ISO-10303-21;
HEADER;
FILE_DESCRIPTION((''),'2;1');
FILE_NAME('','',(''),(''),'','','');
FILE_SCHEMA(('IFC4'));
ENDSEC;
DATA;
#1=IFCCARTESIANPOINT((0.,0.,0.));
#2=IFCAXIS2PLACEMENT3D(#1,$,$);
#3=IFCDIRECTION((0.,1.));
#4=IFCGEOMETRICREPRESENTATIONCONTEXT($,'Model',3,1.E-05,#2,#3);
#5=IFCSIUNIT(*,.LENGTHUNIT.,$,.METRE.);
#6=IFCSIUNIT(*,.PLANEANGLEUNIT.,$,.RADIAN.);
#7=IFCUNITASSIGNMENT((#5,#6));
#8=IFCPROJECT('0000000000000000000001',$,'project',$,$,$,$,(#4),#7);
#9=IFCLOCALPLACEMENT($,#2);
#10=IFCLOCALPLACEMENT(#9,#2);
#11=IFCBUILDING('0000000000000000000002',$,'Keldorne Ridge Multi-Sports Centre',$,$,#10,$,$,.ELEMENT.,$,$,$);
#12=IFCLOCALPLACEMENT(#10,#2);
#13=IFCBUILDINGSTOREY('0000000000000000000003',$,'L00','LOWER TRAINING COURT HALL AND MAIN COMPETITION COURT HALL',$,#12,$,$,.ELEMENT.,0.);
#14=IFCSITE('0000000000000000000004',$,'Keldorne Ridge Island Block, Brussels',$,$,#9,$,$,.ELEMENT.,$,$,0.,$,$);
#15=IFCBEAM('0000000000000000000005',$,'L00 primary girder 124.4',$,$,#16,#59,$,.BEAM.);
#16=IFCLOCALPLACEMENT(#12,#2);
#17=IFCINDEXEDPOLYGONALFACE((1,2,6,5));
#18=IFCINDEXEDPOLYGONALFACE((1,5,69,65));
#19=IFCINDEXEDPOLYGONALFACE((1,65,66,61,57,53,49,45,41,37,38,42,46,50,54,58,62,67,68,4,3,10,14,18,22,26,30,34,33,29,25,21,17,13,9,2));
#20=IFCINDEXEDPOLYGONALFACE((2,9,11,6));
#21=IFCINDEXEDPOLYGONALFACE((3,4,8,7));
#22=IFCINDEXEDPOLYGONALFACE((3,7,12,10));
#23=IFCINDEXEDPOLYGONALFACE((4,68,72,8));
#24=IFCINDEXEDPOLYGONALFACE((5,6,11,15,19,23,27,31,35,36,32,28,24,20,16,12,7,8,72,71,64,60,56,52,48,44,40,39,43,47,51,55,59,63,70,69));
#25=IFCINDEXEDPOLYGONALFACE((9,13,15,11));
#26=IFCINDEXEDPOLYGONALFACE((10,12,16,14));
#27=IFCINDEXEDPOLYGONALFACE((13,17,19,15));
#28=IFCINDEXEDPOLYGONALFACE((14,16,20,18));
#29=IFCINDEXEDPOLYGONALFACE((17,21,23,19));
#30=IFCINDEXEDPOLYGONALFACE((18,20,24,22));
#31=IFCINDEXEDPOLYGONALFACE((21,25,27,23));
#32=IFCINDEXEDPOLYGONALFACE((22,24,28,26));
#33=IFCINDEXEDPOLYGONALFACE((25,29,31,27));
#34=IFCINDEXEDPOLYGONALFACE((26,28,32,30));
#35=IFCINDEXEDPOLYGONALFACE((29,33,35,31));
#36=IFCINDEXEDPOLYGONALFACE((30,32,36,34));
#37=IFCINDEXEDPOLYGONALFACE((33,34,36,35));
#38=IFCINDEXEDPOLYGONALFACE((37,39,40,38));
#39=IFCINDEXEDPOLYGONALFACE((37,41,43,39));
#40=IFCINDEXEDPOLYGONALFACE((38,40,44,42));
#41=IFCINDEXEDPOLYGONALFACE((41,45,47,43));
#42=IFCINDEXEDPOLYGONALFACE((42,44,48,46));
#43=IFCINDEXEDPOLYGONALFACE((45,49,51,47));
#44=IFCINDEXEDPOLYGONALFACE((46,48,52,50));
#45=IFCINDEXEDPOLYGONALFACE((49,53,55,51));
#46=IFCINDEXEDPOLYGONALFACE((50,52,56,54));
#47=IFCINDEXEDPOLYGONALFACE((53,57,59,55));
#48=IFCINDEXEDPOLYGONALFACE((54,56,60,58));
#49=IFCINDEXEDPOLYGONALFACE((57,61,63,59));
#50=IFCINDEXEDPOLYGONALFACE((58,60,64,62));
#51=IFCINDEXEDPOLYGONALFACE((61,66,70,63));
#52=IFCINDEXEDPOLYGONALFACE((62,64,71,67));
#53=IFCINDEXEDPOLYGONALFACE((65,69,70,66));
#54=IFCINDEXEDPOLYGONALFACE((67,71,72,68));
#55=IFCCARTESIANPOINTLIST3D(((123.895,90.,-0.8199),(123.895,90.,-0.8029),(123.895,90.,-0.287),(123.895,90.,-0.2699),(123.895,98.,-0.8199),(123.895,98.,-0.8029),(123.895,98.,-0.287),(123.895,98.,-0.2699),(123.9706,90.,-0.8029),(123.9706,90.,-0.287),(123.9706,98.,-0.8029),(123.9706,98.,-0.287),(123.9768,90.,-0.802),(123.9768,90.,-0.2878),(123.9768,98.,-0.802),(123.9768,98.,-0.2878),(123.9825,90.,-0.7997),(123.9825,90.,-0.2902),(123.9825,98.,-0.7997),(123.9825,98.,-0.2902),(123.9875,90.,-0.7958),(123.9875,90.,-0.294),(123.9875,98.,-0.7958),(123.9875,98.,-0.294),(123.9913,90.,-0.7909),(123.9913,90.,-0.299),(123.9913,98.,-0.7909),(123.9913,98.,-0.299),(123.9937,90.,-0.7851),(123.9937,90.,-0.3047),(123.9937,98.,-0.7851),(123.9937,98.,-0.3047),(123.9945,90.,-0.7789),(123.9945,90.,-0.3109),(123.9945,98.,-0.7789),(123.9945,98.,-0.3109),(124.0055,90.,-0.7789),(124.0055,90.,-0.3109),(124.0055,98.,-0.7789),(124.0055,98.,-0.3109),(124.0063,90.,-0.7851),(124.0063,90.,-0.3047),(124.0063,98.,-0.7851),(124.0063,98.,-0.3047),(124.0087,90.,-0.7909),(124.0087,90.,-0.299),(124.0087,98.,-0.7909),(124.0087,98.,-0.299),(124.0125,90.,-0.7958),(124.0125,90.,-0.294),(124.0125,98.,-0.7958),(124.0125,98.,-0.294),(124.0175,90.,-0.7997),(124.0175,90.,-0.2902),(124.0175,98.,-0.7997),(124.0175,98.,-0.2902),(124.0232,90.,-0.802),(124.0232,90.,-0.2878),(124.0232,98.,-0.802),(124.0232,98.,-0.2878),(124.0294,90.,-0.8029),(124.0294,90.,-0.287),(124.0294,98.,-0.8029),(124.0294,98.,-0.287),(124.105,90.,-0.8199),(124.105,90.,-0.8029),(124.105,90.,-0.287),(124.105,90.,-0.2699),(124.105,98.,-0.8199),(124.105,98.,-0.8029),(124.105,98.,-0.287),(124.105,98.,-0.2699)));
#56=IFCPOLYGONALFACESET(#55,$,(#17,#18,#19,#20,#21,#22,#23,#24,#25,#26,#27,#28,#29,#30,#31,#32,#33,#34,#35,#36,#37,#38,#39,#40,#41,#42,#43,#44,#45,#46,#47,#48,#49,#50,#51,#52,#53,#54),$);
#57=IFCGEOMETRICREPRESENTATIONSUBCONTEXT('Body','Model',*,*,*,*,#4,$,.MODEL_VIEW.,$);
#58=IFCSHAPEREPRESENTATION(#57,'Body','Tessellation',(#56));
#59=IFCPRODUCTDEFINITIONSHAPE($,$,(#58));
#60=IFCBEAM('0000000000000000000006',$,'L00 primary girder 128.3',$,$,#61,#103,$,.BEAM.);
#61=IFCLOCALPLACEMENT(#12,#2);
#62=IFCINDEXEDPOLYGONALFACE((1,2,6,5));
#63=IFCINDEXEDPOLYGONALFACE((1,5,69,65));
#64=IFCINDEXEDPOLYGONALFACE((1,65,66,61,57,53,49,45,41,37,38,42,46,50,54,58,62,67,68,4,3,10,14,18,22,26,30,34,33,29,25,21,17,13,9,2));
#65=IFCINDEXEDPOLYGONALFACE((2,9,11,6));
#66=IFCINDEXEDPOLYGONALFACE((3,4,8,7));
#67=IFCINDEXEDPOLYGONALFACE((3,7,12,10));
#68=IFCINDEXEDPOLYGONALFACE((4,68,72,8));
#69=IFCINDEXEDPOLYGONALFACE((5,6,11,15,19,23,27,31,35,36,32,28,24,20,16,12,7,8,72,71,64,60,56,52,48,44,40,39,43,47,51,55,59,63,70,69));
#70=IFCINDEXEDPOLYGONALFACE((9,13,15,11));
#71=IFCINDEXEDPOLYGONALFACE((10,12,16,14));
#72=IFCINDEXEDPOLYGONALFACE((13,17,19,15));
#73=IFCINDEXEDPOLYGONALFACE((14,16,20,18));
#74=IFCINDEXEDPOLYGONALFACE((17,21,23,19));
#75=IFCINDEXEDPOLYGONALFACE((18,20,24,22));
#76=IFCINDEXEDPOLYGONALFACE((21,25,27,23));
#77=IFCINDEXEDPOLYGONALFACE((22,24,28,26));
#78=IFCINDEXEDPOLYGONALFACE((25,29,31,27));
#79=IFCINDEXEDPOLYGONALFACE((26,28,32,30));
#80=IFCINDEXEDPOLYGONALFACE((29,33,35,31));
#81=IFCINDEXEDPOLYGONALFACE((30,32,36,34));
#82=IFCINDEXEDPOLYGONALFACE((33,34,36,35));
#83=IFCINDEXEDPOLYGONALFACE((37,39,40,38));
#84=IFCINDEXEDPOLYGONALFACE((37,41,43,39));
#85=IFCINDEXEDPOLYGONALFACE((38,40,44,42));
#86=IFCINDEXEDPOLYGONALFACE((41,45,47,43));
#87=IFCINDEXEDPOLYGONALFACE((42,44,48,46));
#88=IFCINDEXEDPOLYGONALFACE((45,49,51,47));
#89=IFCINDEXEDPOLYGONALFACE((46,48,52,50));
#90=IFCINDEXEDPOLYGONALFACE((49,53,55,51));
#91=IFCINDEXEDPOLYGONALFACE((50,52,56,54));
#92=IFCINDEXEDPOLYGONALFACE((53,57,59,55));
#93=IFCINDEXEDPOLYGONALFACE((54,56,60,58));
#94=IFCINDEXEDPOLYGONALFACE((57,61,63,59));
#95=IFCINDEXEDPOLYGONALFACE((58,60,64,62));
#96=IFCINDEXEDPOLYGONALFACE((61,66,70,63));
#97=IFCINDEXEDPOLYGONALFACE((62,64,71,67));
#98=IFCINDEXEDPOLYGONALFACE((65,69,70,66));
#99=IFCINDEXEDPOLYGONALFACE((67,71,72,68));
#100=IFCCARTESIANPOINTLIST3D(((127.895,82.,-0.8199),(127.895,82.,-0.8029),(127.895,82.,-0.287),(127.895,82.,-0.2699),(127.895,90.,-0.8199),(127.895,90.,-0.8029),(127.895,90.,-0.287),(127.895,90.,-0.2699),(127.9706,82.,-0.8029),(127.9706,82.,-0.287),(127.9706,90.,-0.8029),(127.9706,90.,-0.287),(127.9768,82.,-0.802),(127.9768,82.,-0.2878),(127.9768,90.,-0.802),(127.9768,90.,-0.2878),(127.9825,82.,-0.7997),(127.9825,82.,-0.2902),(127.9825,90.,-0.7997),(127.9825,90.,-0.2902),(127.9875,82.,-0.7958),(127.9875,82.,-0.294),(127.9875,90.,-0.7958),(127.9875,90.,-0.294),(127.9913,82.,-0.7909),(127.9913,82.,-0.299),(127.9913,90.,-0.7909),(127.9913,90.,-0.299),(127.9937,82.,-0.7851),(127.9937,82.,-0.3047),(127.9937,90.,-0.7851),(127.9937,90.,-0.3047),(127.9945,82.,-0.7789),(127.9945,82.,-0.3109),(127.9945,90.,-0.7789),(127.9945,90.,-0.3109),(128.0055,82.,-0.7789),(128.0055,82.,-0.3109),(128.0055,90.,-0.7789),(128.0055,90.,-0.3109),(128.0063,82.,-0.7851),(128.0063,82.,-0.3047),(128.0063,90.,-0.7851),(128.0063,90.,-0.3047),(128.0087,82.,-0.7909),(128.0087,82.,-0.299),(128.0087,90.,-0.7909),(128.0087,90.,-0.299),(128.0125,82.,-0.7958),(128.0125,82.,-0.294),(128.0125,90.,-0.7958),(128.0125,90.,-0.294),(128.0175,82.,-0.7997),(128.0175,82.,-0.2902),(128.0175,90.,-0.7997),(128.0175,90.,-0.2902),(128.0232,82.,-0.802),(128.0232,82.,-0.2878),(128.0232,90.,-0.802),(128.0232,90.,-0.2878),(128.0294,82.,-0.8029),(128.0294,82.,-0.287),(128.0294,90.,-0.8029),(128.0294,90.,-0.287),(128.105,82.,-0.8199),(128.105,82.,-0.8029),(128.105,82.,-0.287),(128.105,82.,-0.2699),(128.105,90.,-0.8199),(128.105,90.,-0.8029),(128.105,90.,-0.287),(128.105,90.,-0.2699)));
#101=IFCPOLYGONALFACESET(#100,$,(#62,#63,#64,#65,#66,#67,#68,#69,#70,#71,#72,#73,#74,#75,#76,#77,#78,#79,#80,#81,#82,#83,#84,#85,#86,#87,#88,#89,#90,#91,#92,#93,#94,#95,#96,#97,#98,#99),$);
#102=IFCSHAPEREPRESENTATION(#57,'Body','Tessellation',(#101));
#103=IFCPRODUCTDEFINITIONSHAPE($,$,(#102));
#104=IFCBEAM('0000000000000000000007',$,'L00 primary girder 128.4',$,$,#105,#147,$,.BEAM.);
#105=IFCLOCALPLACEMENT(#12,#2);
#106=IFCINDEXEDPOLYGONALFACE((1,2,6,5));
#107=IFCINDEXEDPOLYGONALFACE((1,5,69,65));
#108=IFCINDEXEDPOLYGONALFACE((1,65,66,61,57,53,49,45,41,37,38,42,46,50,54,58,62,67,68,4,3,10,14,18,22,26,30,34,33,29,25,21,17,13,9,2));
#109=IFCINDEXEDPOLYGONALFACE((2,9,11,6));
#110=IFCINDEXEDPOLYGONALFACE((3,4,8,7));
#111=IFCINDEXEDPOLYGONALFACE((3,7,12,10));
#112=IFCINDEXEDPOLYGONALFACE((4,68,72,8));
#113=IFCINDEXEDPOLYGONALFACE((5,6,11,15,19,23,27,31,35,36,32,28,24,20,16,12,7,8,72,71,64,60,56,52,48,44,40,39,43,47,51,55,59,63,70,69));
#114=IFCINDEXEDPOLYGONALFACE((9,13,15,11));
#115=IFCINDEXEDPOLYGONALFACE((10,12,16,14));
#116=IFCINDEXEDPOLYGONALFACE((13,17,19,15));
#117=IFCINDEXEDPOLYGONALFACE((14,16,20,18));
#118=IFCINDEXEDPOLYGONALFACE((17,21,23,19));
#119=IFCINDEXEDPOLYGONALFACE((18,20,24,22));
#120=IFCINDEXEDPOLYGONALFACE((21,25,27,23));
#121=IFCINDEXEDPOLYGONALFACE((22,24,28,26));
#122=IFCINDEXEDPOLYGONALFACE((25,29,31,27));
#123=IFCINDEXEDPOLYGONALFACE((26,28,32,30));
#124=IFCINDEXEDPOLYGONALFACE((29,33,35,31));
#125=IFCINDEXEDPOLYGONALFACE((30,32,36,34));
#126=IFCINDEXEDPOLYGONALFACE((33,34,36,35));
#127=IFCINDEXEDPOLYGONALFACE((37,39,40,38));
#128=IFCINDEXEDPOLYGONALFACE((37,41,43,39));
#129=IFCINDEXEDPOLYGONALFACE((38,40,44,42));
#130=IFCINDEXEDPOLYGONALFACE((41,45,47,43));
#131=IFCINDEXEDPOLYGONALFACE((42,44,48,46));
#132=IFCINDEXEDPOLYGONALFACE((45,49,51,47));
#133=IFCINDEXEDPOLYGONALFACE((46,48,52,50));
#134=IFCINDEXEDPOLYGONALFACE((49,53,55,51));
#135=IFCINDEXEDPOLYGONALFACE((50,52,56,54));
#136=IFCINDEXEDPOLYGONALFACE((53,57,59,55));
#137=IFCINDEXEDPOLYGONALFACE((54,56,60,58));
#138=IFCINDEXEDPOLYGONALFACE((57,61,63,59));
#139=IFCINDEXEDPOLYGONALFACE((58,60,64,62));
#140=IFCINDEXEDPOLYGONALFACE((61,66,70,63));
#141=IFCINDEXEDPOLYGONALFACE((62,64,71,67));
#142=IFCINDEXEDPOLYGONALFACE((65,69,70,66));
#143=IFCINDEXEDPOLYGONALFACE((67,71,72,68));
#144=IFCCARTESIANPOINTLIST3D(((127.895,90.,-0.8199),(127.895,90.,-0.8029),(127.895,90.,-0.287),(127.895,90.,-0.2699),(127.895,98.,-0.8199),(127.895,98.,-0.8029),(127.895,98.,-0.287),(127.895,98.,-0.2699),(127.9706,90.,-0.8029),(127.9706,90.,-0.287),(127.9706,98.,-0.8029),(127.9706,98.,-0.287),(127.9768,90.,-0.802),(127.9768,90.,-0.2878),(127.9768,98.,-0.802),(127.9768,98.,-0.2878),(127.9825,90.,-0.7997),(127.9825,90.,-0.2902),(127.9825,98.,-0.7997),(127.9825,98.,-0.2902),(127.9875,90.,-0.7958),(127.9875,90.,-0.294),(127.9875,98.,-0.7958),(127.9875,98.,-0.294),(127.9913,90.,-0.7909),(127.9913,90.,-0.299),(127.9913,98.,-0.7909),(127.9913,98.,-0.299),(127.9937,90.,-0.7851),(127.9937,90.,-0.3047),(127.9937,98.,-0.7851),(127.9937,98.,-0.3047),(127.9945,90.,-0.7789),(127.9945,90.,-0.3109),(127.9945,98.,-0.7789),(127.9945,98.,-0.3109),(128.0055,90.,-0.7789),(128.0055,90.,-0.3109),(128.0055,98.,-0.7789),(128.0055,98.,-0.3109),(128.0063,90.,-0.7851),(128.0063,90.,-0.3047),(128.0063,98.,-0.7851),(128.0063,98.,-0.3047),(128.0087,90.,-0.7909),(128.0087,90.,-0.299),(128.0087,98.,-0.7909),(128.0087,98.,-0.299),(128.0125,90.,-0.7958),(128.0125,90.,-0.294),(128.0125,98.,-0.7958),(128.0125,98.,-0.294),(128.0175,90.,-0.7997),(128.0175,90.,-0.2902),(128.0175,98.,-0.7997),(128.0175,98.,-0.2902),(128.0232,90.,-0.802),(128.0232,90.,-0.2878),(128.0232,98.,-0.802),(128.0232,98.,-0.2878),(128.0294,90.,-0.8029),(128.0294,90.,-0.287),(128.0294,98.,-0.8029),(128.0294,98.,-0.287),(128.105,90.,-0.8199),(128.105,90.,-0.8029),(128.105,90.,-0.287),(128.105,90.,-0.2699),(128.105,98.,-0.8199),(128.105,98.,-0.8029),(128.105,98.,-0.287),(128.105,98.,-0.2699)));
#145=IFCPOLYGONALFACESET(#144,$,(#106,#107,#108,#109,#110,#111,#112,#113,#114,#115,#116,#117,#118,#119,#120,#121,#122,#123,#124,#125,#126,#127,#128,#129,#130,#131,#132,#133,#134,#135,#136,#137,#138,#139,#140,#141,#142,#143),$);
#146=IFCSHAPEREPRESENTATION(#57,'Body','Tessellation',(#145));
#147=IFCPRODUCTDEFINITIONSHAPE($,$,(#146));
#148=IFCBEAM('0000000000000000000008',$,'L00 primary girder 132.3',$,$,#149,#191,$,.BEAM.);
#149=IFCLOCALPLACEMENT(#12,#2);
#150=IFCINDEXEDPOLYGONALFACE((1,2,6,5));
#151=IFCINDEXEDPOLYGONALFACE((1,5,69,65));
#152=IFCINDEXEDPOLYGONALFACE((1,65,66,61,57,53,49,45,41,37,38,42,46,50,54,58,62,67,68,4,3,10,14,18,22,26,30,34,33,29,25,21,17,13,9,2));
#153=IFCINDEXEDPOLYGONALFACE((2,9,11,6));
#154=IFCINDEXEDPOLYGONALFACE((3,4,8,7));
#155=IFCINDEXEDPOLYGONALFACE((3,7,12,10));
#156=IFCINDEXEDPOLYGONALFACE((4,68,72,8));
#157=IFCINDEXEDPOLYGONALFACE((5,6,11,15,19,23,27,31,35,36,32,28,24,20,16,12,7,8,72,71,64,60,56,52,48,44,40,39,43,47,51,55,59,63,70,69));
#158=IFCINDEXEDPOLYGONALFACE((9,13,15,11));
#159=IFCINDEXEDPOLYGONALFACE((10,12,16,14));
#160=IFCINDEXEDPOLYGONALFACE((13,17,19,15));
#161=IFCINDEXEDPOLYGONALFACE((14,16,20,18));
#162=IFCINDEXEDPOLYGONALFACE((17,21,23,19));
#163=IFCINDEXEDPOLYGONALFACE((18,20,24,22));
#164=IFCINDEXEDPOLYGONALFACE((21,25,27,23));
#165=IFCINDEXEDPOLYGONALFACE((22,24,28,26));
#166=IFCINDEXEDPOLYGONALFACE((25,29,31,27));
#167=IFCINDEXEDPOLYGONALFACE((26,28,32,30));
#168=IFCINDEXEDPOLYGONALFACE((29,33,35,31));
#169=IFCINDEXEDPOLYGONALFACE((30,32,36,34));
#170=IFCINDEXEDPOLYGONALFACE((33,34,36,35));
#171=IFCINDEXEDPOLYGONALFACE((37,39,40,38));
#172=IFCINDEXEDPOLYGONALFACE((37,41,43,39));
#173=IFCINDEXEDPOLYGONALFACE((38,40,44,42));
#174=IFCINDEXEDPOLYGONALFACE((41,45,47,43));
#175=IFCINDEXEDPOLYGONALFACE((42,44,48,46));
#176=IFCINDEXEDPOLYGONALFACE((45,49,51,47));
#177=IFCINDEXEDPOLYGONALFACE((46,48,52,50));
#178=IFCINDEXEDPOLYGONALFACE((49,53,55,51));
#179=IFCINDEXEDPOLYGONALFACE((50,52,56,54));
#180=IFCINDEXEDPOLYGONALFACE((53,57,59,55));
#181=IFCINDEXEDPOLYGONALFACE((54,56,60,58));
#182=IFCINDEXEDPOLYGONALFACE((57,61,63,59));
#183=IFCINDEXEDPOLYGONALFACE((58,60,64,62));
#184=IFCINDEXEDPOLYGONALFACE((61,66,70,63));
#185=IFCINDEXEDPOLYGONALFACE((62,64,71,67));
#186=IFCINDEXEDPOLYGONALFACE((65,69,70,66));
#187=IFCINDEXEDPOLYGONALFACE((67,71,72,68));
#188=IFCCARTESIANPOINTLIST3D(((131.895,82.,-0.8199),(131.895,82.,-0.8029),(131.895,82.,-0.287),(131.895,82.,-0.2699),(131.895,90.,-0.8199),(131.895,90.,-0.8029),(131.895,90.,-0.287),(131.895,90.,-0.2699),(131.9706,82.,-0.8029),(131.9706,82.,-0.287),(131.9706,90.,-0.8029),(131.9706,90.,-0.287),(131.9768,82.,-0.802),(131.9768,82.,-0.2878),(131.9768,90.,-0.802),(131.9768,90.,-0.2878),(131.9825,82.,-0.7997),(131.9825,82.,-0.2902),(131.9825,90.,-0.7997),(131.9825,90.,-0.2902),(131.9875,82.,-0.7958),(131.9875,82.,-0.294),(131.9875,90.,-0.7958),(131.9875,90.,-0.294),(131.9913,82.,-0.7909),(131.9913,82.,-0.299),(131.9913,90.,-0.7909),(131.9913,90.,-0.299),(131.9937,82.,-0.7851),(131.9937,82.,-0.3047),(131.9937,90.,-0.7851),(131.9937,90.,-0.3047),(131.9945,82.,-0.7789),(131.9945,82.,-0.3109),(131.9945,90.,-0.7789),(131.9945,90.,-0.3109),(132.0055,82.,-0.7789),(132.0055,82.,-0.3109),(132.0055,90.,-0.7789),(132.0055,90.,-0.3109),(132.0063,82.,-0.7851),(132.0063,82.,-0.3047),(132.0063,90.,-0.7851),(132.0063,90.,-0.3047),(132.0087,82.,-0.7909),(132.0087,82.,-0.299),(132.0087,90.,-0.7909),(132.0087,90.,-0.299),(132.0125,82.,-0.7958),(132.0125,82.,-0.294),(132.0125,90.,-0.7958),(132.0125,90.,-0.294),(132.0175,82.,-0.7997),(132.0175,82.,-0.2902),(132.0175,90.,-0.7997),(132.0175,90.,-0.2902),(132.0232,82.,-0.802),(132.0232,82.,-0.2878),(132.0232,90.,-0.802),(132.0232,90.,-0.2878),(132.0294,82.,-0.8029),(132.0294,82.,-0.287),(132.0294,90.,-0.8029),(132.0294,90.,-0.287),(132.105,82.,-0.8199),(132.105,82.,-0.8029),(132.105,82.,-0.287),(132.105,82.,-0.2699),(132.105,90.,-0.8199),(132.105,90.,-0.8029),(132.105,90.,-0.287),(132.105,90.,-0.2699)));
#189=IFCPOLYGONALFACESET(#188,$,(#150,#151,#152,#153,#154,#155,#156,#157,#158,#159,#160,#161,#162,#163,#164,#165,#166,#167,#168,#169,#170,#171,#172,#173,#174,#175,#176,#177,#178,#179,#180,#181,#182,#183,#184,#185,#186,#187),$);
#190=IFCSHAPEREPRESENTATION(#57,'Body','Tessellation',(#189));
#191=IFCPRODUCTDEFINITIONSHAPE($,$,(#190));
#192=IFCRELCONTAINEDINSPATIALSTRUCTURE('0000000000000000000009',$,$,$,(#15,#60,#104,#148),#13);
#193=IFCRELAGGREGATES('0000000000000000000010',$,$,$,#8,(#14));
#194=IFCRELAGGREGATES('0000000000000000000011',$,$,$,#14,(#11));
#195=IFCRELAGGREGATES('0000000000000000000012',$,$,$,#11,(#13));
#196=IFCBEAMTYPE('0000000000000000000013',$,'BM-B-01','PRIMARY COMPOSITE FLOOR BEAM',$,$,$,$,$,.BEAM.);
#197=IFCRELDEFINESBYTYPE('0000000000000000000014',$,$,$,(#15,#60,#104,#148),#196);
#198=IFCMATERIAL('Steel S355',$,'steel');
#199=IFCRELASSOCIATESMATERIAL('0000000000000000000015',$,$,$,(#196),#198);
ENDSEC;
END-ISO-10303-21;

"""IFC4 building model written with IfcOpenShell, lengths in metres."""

from ifc_helpers import new_model, si_unit, direction, frame, origin, origin_2d, place, context, subcontext, project, spatial, i_section, extrude, material, material_profile, profile_set, type_object, element, save


model = new_model("IFC4")

# Units and contexts
model_context = context("Model", 3, precision=1e-05, world=origin(), true_north=direction((0.0, 1.0)))
body_context = subcontext(model_context, "Body", "Model", "MODEL_VIEW")
ifc_project = project(units=[si_unit("LENGTHUNIT", "METRE"), si_unit("PLANEANGLEUNIT", "RADIAN")], contexts=[model_context])

# Site, building, storey
site_placement = place(None, origin())
site = spatial("IfcSite", under=ifc_project, at=site_placement, Name="Keldorne Ridge Island Block, Brussels", CompositionType="ELEMENT", RefElevation=0.0)
building_placement = place(site_placement, origin())
building = spatial("IfcBuilding", under=site, at=building_placement, Name="Keldorne Ridge Multi-Sports Centre", CompositionType="ELEMENT")
storey_placement = place(building_placement, origin())
storey = spatial("IfcBuildingStorey", under=building, at=storey_placement, Name="L00", Description="LOWER TRAINING COURT HALL AND MAIN COMPETITION COURT HALL", CompositionType="ELEMENT", Elevation=0.0)

# Shared definitions
ifc_material_1 = material(Name="Steel S355", Category="steel")

# Beams
ifc_material_profile_1 = material_profile(ifc_material_1, i_section(OverallWidth=0.21, OverallDepth=0.55, WebThickness=0.011, FlangeThickness=0.0171, FilletRadius=0.0239, at=origin_2d()), Name="IPE 550")
ifc_profile_set_1 = profile_set([ifc_material_profile_1], Name="Steel S355")
beam_type_1 = type_object("IfcBeamType", Name="BM-B-01", Description="PRIMARY COMPOSITE FLOOR BEAM", PredefinedType="BEAM", material=ifc_profile_set_1)
for number, where, z_axis, x_axis, name in (
    (1, (124.0, 90.0, -0.5449), (0.0, 1.0, 0.0), (-1.0, 0.0, 0.0), "L00 primary girder 124.4"),
    (2, (128.0, 82.0, -0.5449), (0.0, 1.0, 0.0), (-1.0, 0.0, 0.0), "L00 primary girder 128.3"),
    (3, (128.0, 90.0, -0.5449), (0.0, 1.0, 0.0), (-1.0, 0.0, 0.0), "L00 primary girder 128.4"),
    (4, (132.0, 82.0, -0.5449), (0.0, 1.0, 0.0), (-1.0, 0.0, 0.0), "L00 primary girder 132.3"),
):
    element("IfcBeam", number, at=place(storey_placement, frame(where, z_axis=z_axis, x_axis=x_axis)), inside=storey, type_object=beam_type_1, Name=name, PredefinedType="BEAM", context=body_context, shape_type="SweptSolid", body=[
        extrude(i_section(OverallWidth=0.21, OverallDepth=0.55, WebThickness=0.011, FlangeThickness=0.0171, FilletRadius=0.0239, at=origin_2d()), origin(), (0.0, 0.0, 1.0), 8.0),
    ])

save(model, "model.ifc")
